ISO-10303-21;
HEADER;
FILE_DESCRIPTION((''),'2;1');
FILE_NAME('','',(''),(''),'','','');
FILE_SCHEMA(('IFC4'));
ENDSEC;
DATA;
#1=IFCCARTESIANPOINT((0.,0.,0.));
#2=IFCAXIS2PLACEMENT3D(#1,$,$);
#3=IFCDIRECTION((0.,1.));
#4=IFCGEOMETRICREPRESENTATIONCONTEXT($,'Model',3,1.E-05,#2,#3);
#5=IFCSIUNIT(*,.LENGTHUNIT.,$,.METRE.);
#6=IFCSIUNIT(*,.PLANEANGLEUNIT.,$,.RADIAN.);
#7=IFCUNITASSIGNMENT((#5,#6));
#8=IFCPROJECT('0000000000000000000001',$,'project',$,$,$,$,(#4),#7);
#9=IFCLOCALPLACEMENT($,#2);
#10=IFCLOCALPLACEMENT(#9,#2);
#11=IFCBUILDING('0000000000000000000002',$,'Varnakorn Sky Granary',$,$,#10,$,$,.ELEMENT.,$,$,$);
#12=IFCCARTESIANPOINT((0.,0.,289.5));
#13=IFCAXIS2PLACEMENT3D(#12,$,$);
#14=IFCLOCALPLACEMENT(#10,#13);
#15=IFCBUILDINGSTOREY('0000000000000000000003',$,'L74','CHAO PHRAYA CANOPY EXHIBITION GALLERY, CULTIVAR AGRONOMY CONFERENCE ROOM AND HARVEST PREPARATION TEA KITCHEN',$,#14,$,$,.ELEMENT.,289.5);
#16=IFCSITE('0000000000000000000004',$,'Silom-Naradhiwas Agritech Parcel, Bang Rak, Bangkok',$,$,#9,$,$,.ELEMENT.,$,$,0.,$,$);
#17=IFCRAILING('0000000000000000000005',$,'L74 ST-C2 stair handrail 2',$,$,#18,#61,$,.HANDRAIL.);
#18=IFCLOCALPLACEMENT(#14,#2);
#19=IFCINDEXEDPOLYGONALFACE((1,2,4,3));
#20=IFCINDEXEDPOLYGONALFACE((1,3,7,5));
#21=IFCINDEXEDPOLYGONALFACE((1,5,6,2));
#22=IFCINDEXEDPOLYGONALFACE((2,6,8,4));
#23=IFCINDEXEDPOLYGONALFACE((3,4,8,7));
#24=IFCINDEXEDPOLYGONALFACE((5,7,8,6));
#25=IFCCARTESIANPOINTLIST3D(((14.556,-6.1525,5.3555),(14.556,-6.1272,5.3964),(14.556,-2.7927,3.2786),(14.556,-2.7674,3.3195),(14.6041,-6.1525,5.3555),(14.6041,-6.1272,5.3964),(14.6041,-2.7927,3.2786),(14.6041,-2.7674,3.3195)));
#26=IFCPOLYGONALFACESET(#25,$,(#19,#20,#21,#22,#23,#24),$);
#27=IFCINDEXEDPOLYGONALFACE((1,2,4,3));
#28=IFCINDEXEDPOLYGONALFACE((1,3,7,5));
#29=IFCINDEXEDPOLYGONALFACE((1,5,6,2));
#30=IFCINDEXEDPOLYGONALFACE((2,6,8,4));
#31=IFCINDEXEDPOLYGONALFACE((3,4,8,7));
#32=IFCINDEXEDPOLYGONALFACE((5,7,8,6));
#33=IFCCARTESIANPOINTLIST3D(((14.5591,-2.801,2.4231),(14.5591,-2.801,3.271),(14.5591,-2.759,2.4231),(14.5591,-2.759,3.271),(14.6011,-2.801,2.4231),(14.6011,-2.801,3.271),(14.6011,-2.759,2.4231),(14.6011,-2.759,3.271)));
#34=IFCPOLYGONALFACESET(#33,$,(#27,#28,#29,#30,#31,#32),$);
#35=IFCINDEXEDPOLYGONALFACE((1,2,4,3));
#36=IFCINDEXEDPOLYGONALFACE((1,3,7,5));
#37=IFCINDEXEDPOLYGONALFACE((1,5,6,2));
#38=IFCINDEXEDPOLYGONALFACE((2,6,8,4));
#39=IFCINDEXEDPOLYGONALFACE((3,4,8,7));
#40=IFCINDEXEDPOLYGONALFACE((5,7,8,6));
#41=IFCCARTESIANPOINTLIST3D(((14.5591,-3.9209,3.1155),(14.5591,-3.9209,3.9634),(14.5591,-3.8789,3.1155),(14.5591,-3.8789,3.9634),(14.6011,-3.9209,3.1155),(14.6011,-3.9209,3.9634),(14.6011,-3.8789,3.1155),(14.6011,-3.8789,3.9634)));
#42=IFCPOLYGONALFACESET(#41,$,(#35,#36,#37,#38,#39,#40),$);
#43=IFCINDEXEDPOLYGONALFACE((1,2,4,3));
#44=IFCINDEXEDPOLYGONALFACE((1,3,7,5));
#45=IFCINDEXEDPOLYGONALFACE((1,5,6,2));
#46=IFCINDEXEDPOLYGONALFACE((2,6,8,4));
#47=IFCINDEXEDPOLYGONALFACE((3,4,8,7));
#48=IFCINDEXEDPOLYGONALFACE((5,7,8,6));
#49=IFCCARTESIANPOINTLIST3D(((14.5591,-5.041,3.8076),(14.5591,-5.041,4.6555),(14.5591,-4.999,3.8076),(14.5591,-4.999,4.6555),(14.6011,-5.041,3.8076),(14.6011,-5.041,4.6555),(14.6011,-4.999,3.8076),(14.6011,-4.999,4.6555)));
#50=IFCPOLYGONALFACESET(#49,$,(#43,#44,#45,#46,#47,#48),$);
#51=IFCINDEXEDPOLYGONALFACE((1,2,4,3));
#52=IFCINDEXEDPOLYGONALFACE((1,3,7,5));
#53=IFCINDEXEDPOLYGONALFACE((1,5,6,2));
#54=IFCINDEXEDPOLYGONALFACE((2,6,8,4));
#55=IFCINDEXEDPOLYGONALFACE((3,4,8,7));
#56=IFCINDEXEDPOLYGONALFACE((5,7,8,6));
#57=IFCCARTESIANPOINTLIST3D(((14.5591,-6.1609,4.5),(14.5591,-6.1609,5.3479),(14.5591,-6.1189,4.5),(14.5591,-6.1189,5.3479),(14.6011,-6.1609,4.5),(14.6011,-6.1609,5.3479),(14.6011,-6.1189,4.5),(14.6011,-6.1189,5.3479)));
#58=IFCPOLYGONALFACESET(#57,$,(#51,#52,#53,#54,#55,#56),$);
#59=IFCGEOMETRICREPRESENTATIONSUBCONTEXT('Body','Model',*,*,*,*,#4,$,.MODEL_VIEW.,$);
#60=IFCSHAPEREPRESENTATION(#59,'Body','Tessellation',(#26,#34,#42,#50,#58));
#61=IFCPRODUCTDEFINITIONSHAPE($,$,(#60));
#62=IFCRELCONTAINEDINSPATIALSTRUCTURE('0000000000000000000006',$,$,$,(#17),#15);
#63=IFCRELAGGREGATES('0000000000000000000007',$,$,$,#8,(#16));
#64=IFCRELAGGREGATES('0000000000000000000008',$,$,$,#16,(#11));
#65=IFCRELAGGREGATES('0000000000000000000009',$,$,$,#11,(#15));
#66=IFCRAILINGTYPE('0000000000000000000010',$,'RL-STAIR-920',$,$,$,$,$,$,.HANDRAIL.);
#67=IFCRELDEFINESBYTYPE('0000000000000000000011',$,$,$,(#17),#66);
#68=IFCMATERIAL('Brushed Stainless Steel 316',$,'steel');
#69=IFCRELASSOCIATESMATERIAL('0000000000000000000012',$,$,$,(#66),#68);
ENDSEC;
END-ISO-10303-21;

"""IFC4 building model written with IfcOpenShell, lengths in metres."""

from ifc_helpers import new_model, si_unit, direction, frame, origin, origin_2d, place, context, subcontext, project, spatial, rectangle, extrude, material, type_object, element, save


model = new_model("IFC4")

# Units and contexts
model_context = context("Model", 3, precision=1e-05, world=origin(), true_north=direction((0.0, 1.0)))
body_context = subcontext(model_context, "Body", "Model", "MODEL_VIEW")
ifc_project = project(units=[si_unit("LENGTHUNIT", "METRE"), si_unit("PLANEANGLEUNIT", "RADIAN")], contexts=[model_context])

# Site, building, storey
site_placement = place(None, origin())
site = spatial("IfcSite", under=ifc_project, at=site_placement, Name="Silom-Naradhiwas Agritech Parcel, Bang Rak, Bangkok", CompositionType="ELEMENT", RefElevation=0.0)
building_placement = place(site_placement, origin())
building = spatial("IfcBuilding", under=site, at=building_placement, Name="Varnakorn Sky Granary", CompositionType="ELEMENT")
storey_placement = place(building_placement, frame((0.0, 0.0, 289.5)))
storey = spatial("IfcBuildingStorey", under=building, at=storey_placement, Name="L74", Description="CHAO PHRAYA CANOPY EXHIBITION GALLERY, CULTIVAR AGRONOMY CONFERENCE ROOM AND HARVEST PREPARATION TEA KITCHEN", CompositionType="ELEMENT", Elevation=289.5)

# Railing
ifc_material_1 = material(Name="Brushed Stainless Steel 316", Category="steel")
railing_type_1 = type_object("IfcRailingType", Name="RL-STAIR-920", PredefinedType="HANDRAIL", material=ifc_material_1)
railing_1_placement = place(storey_placement, frame((14.5801, -2.78, 2.4231)))
element("IfcRailing", 1, at=railing_1_placement, inside=storey, type_object=railing_type_1, Name="L74 ST-C2 stair handrail 2", PredefinedType="HANDRAIL", context=body_context, shape_type="SweptSolid", body=[
    extrude(rectangle(XDim=0.0481, YDim=0.0481, at=origin_2d()), frame((0.0, 0.0, 0.876), z_axis=(0.0, -0.850606, 0.525803), x_axis=(1.0, 0.0, 0.0)), (0.0, 0.0, 1.0), 3.95),
    extrude(rectangle(XDim=0.042, YDim=0.042, at=origin_2d()), origin(), (0.0, 0.0, 1.0), 0.8479),
    extrude(rectangle(XDim=0.042, YDim=0.042, at=origin_2d()), frame((0.0, -1.1199, 0.6924)), (0.0, 0.0, 1.0), 0.8479),
    extrude(rectangle(XDim=0.042, YDim=0.042, at=origin_2d()), frame((0.0, -2.24, 1.3845)), (0.0, 0.0, 1.0), 0.8479),
    extrude(rectangle(XDim=0.042, YDim=0.042, at=origin_2d()), frame((0.0, -3.3599, 2.0769)), (0.0, 0.0, 1.0), 0.8479),
])

save(model, "model.ifc")
